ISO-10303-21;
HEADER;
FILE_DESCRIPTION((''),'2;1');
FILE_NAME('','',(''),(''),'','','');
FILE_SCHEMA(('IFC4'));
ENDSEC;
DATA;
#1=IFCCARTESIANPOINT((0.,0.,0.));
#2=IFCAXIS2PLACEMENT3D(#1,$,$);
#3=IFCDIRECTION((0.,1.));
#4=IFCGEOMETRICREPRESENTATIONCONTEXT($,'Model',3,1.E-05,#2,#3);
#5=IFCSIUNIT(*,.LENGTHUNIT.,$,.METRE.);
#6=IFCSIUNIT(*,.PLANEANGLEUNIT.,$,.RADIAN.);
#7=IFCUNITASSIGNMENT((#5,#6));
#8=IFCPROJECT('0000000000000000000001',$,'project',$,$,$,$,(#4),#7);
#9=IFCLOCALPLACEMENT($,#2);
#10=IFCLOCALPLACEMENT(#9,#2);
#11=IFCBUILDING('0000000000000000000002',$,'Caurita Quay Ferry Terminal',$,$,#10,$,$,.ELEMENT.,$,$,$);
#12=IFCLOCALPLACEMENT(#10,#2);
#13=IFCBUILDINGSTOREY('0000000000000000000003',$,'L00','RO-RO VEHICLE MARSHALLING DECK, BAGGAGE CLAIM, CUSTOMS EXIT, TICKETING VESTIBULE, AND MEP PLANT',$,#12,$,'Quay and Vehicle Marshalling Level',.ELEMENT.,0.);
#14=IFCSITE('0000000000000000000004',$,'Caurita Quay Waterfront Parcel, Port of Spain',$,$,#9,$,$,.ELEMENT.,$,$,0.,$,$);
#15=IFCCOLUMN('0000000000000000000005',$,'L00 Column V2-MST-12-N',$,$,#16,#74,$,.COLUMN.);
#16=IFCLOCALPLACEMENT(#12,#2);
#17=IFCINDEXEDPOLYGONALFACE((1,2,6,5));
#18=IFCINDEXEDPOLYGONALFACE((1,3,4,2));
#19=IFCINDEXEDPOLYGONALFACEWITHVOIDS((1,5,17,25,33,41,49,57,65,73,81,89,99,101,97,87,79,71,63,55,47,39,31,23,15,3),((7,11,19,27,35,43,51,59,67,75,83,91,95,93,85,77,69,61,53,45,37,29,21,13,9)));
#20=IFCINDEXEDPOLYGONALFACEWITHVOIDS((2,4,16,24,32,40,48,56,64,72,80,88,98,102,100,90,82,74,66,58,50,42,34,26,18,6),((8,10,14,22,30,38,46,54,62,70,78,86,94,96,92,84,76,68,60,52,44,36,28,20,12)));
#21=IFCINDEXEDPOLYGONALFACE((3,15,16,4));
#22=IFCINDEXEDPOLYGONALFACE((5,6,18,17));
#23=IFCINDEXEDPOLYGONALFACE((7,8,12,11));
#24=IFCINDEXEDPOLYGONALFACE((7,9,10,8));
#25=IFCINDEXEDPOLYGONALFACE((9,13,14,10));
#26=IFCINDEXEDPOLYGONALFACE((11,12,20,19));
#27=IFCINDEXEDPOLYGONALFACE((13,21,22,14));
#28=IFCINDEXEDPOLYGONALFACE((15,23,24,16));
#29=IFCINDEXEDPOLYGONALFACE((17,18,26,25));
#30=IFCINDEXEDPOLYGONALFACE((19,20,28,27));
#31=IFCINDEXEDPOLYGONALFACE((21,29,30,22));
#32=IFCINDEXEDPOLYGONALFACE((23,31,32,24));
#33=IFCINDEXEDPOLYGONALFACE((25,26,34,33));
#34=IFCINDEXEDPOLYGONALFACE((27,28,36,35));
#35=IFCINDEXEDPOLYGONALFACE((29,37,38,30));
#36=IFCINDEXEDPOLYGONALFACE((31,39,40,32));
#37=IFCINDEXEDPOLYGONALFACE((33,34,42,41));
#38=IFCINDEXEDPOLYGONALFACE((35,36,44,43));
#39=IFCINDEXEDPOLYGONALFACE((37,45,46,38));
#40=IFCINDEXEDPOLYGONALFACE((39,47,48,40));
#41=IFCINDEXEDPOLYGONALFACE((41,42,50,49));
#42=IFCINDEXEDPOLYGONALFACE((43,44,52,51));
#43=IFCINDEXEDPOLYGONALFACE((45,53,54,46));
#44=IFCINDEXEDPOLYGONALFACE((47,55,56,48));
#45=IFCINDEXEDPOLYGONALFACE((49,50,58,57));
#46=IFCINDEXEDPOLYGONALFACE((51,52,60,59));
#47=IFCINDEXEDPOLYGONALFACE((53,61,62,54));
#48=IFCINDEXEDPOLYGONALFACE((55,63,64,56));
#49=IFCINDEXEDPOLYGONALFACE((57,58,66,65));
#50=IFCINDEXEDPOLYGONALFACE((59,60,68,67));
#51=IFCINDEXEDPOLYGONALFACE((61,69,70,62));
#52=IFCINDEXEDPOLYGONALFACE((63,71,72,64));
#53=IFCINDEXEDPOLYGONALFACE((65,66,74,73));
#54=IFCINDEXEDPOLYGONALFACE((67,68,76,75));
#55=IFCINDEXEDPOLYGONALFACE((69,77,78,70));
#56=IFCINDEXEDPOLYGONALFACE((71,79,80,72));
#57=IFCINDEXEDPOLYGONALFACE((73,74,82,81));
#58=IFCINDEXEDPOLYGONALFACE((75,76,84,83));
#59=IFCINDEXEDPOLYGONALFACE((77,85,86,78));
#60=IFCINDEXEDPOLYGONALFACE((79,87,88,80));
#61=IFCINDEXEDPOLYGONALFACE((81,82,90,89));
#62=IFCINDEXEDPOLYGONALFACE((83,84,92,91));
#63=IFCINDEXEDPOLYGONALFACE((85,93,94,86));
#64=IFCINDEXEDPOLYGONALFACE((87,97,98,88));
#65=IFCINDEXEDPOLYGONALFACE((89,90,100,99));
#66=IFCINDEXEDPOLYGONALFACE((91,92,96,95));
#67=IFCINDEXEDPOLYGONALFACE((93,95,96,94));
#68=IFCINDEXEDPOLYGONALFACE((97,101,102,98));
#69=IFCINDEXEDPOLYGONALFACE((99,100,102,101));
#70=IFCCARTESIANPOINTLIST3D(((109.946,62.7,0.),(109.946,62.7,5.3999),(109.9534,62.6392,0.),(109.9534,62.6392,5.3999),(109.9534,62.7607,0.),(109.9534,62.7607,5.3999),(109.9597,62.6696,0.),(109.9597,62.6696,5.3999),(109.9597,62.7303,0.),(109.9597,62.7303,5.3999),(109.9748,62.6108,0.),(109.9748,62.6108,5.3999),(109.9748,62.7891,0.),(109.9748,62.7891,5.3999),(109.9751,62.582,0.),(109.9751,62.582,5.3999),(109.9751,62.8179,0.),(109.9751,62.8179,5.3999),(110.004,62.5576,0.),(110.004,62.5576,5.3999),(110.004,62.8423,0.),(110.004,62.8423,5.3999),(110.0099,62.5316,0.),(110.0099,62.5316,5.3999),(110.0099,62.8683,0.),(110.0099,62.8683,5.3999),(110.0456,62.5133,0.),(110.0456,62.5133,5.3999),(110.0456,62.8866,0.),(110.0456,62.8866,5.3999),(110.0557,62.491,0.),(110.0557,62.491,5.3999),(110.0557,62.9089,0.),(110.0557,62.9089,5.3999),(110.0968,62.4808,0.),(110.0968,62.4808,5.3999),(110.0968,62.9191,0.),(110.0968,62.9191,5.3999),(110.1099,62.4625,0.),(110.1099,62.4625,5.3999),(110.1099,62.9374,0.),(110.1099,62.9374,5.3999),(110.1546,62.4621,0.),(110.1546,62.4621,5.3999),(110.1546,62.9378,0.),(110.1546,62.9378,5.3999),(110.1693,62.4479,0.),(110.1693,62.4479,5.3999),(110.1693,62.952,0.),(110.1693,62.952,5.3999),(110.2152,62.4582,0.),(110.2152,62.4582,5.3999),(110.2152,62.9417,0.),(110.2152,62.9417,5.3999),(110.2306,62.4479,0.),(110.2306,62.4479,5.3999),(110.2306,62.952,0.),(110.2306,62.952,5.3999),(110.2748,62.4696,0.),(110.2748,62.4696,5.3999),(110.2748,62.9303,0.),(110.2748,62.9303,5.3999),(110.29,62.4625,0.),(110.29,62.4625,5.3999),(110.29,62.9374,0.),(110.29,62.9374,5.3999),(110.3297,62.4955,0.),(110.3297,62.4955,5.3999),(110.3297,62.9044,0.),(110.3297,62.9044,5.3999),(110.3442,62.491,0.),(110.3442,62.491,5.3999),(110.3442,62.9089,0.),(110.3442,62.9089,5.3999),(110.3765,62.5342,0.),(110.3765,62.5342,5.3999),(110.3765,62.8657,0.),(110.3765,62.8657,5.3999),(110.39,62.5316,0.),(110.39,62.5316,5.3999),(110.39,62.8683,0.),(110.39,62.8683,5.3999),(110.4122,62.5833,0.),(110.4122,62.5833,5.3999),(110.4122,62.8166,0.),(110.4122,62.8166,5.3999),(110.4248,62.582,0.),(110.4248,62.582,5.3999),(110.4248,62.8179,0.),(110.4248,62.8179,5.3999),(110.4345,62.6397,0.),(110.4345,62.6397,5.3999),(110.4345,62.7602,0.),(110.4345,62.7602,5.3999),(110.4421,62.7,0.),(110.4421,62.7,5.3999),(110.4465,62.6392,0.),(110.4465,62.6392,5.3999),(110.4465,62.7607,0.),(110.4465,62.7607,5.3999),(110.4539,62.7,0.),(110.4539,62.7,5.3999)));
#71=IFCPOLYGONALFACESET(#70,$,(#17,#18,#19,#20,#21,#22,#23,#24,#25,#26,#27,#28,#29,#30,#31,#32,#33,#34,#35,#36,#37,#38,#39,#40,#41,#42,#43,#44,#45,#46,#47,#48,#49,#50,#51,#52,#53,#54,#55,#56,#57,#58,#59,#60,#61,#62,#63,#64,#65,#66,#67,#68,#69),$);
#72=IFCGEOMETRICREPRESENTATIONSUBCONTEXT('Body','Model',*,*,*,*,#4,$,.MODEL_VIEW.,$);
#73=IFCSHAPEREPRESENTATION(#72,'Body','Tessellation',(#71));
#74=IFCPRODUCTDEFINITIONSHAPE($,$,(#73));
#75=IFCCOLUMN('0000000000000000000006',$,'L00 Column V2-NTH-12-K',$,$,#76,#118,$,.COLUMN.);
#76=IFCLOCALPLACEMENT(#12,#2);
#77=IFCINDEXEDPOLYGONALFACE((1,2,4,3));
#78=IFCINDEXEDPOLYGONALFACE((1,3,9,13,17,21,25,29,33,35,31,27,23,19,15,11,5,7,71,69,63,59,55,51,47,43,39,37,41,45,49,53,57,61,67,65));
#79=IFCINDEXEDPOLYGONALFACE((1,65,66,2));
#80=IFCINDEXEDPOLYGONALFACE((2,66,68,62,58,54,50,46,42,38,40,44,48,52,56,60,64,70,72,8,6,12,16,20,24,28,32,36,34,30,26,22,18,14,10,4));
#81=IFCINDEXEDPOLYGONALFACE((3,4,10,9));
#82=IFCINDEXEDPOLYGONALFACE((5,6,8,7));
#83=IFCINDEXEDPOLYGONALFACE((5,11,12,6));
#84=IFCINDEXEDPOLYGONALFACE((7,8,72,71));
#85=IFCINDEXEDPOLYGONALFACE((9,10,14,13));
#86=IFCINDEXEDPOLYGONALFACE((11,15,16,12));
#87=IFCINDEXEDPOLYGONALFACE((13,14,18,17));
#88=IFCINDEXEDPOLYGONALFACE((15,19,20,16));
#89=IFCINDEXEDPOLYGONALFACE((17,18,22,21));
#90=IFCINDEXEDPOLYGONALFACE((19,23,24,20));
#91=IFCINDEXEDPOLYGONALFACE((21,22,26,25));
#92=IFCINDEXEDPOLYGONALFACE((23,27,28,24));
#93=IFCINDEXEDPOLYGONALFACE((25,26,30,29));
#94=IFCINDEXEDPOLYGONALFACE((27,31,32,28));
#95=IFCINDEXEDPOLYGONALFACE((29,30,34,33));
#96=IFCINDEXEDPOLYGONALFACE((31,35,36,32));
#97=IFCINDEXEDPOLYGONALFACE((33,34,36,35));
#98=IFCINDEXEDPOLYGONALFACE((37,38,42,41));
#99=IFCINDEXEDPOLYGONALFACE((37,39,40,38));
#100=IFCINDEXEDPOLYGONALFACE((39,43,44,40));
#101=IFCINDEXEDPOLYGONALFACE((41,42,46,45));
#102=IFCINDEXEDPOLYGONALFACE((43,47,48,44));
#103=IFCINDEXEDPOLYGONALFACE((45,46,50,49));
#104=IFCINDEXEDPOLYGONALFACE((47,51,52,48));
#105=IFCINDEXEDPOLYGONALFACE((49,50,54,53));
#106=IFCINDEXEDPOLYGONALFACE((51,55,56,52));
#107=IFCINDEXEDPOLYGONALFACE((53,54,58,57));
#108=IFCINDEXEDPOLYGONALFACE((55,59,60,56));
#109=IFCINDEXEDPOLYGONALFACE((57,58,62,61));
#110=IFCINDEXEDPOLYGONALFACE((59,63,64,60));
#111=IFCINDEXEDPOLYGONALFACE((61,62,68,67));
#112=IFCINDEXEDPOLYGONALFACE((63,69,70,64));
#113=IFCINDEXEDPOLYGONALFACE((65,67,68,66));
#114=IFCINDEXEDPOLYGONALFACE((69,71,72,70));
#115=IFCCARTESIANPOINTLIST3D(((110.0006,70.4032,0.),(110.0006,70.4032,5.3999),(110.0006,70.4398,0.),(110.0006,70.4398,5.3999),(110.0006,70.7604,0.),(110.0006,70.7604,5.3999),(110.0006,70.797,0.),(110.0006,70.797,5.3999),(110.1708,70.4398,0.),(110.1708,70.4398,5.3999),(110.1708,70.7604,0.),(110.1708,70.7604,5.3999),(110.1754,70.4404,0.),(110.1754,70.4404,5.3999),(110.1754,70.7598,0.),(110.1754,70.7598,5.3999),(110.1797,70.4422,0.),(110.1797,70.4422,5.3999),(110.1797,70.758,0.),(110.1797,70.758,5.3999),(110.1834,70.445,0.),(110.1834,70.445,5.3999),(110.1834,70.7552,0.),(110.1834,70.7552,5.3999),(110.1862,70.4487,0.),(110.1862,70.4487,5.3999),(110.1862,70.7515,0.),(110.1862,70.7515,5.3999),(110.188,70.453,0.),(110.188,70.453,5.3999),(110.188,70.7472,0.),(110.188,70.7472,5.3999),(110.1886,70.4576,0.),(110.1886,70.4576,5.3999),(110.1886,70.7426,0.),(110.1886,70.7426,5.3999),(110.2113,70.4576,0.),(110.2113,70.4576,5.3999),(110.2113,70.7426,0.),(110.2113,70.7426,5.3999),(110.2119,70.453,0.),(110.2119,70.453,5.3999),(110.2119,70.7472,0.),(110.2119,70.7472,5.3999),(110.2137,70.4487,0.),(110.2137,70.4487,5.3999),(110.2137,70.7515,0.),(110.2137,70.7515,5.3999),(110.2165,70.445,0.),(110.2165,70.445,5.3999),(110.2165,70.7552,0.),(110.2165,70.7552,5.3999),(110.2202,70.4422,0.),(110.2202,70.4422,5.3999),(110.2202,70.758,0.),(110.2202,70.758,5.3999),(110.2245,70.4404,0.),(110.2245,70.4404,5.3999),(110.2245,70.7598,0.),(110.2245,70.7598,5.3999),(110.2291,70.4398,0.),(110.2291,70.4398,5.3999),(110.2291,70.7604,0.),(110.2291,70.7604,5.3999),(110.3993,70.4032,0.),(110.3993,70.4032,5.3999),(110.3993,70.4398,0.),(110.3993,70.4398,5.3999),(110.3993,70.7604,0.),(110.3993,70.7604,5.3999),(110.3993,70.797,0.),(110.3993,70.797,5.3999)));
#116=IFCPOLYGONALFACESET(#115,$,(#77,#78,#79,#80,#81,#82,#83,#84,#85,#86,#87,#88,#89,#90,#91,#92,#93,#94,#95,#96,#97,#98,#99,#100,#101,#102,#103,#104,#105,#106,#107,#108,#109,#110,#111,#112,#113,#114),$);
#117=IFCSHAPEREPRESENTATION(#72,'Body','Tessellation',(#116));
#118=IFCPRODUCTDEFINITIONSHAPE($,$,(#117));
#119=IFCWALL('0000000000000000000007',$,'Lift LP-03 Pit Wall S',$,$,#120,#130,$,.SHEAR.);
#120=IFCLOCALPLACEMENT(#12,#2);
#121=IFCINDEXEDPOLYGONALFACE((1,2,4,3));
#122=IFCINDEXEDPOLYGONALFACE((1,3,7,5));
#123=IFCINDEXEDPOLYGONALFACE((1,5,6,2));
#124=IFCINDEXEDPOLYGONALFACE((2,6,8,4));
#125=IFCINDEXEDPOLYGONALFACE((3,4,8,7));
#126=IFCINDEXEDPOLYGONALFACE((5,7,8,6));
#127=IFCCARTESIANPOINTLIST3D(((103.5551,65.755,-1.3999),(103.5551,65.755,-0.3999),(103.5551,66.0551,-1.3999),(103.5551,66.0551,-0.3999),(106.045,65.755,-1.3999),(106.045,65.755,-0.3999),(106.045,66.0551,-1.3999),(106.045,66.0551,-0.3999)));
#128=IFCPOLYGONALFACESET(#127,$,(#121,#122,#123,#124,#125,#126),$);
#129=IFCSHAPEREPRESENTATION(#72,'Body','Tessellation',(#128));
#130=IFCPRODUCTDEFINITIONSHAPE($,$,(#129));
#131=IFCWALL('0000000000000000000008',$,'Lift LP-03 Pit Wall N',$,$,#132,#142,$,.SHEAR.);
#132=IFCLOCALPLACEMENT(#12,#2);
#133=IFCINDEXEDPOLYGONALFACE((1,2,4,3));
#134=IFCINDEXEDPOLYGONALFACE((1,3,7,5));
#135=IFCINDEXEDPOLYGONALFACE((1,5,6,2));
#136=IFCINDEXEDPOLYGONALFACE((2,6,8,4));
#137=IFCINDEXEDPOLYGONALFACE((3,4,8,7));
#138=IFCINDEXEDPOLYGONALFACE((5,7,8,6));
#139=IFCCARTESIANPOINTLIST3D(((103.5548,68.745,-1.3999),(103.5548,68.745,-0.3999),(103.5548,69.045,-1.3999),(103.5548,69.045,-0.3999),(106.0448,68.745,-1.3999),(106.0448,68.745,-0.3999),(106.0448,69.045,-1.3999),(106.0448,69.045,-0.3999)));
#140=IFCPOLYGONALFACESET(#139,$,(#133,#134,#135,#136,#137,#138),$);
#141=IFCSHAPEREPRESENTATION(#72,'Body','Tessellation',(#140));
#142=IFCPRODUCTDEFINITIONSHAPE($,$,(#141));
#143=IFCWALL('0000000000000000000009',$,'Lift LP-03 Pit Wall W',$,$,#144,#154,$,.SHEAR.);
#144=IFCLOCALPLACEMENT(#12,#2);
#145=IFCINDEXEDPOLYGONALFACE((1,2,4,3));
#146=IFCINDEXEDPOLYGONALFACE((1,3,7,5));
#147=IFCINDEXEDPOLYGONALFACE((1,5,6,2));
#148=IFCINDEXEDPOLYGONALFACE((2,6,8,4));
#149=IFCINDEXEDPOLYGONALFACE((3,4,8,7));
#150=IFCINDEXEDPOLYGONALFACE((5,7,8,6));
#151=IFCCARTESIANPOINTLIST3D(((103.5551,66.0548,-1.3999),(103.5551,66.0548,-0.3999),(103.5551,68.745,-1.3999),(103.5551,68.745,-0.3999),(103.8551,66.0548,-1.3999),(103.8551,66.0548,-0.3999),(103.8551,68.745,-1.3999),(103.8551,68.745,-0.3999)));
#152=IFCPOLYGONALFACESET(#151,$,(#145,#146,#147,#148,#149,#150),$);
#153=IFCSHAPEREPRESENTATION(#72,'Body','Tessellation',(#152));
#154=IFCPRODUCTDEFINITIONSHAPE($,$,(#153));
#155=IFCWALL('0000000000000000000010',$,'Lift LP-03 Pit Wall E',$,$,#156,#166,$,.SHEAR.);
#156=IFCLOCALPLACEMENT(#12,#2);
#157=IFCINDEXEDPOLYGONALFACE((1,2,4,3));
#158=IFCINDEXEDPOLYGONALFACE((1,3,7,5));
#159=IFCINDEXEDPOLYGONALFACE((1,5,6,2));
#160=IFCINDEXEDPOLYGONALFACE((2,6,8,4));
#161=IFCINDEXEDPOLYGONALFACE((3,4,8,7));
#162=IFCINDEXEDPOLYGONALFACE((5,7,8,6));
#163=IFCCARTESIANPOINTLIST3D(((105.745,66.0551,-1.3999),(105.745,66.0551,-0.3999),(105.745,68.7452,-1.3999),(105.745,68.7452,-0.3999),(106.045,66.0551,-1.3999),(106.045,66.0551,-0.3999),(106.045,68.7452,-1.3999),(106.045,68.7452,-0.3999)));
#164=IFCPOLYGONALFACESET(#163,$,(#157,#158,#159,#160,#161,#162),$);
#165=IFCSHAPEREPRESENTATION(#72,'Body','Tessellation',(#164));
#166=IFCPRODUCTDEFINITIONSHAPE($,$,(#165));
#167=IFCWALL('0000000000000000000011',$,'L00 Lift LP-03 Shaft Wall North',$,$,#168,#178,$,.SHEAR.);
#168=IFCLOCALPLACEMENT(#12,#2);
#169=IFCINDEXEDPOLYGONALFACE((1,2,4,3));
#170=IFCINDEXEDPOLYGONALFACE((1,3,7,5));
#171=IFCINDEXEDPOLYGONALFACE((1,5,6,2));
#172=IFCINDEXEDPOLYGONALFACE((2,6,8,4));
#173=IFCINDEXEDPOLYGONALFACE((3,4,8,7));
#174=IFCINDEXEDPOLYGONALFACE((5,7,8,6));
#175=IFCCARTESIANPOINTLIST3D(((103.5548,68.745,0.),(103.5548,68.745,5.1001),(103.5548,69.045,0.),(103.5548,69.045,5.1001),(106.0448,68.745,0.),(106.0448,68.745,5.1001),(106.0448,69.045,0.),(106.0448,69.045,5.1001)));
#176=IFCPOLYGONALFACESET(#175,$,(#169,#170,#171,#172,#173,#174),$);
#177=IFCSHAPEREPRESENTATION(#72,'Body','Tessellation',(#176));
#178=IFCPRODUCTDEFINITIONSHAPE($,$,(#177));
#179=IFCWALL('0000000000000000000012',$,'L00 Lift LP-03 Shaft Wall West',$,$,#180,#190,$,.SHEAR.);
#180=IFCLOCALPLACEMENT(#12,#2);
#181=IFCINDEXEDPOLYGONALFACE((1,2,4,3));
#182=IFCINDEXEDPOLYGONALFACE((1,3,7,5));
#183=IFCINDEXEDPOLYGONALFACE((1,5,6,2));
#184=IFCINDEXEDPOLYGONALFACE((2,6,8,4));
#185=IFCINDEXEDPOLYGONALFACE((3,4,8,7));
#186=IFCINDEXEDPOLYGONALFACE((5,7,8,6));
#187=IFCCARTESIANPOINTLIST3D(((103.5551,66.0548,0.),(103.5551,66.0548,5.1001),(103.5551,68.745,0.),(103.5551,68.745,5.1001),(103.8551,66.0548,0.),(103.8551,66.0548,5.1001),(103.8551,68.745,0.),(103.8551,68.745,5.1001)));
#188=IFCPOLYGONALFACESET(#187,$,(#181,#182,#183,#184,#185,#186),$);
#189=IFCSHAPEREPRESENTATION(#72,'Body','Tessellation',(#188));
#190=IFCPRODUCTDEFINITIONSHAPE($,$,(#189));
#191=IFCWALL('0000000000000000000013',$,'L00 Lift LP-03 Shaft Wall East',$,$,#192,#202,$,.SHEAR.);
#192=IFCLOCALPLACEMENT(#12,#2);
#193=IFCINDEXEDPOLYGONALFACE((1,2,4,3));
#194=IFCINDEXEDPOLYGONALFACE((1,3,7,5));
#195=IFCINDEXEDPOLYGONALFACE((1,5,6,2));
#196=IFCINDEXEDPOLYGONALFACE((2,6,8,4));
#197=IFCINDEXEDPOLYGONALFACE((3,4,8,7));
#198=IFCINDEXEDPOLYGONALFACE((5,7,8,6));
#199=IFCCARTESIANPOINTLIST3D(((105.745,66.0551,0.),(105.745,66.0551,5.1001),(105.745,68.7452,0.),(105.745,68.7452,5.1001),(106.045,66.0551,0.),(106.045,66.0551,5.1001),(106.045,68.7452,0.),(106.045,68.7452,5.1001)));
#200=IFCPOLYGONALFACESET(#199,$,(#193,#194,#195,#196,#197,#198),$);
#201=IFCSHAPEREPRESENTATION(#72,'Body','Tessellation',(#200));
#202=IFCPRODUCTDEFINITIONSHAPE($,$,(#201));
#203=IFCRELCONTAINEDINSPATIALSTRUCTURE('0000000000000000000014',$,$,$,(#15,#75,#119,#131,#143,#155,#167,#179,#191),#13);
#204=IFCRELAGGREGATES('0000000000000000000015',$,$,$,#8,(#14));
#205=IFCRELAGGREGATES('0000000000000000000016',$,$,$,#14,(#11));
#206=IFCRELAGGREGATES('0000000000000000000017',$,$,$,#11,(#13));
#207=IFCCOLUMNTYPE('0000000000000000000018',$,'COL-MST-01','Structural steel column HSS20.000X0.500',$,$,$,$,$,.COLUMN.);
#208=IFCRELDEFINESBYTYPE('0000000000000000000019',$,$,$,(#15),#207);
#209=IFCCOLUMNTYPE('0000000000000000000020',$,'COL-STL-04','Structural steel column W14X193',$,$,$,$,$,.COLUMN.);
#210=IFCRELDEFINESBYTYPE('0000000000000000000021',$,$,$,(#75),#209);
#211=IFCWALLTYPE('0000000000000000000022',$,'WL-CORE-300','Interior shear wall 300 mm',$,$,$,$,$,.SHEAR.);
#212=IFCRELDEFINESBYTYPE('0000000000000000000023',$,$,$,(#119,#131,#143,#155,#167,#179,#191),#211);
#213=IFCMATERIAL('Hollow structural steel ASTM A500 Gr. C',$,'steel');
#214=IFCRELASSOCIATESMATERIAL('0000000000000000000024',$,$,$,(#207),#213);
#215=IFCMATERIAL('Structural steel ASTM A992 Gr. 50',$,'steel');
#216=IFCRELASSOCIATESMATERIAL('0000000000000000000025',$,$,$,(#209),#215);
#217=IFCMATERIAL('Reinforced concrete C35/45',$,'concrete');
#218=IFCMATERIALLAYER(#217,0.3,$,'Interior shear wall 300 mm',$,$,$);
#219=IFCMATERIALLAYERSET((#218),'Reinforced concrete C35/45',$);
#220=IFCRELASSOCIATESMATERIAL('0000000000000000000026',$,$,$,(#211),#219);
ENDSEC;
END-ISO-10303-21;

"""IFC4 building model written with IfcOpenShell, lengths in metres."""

from ifc_helpers import new_model, si_unit, direction, frame, frame_2d, origin, origin_2d, place, context, subcontext, project, spatial, rectangle, hollow_circle, i_section, extrude, material, layer, layer_set, material_profile, profile_set, type_object, element, save


model = new_model("IFC4")

# Units and contexts
model_context = context("Model", 3, precision=1e-05, world=origin(), true_north=direction((0.0, 1.0)))
body_context = subcontext(model_context, "Body", "Model", "MODEL_VIEW")
ifc_project = project(units=[si_unit("LENGTHUNIT", "METRE"), si_unit("PLANEANGLEUNIT", "RADIAN")], contexts=[model_context])

# Site, building, storey
site_placement = place(None, origin())
site = spatial("IfcSite", under=ifc_project, at=site_placement, Name="Caurita Quay Waterfront Parcel, Port of Spain", CompositionType="ELEMENT", RefElevation=0.0)
building_placement = place(site_placement, origin())
building = spatial("IfcBuilding", under=site, at=building_placement, Name="Caurita Quay Ferry Terminal", CompositionType="ELEMENT")
storey_placement = place(building_placement, origin())
storey = spatial("IfcBuildingStorey", under=building, at=storey_placement, Name="L00", Description="RO-RO VEHICLE MARSHALLING DECK, BAGGAGE CLAIM, CUSTOMS EXIT, TICKETING VESTIBULE, AND MEP PLANT", LongName="Quay and Vehicle Marshalling Level", CompositionType="ELEMENT", Elevation=0.0)

# Columns
ifc_material_1 = material(Name="Hollow structural steel ASTM A500 Gr. C", Category="steel")
ifc_material_profile_1 = material_profile(ifc_material_1, hollow_circle(Radius=0.2539, WallThickness=0.0117, at=origin_2d()), Name="HSS20.000X0.500")
ifc_profile_set_1 = profile_set([ifc_material_profile_1], Name="Hollow structural steel ASTM A500 Gr. C")
column_type_1 = type_object("IfcColumnType", Name="COL-MST-01", Description="Structural steel column HSS20.000X0.500", PredefinedType="COLUMN", material=ifc_profile_set_1)
column_1_placement = place(storey_placement, frame((110.2, 62.7, 0.0), z_axis=(0.0, 0.0, 1.0), x_axis=(1.0, 0.0, 0.0)))
element("IfcColumn", 1, at=column_1_placement, inside=storey, type_object=column_type_1, Name="L00 Column V2-MST-12-N", PredefinedType="COLUMN", context=body_context, shape_type="SweptSolid", body=[
    extrude(hollow_circle(Radius=0.2539, WallThickness=0.0117, at=origin_2d()), origin(), (0.0, 0.0, 1.0), 5.3999),
])
ifc_material_2 = material(Name="Structural steel ASTM A992 Gr. 50", Category="steel")
ifc_material_profile_2 = material_profile(ifc_material_2, i_section(OverallWidth=0.3987, OverallDepth=0.3938, WebThickness=0.0227, FlangeThickness=0.0366, FilletRadius=0.0178, at=origin_2d()), Name="W14X193")
ifc_profile_set_2 = profile_set([ifc_material_profile_2], Name="Structural steel ASTM A992 Gr. 50")
column_type_2 = type_object("IfcColumnType", Name="COL-STL-04", Description="Structural steel column W14X193", PredefinedType="COLUMN", material=ifc_profile_set_2)
column_2_placement = place(storey_placement, frame((110.2, 70.6001, 0.0), z_axis=(0.0, 0.0, 1.0), x_axis=(1.0, 0.0, 0.0)))
element("IfcColumn", 2, at=column_2_placement, inside=storey, type_object=column_type_2, Name="L00 Column V2-NTH-12-K", PredefinedType="COLUMN", context=body_context, shape_type="SweptSolid", body=[
    extrude(i_section(OverallWidth=0.3987, OverallDepth=0.3938, WebThickness=0.0227, FlangeThickness=0.0366, FilletRadius=0.0178, at=origin_2d()), origin(), (0.0, 0.0, 1.0), 5.3999),
])

# Walls
ifc_material_3 = material(Name="Reinforced concrete C35/45", Category="concrete")
ifc_layer_1 = layer(ifc_material_3, 0.3, Name="Interior shear wall 300 mm")
ifc_layer_set_1 = layer_set([ifc_layer_1], Name="Reinforced concrete C35/45")
wall_type_1 = type_object("IfcWallType", Name="WL-CORE-300", Description="Interior shear wall 300 mm", PredefinedType="SHEAR", material=ifc_layer_set_1)
for number, where, z_axis, x_axis, name in (
    (3, (103.5549, 65.905, -1.3999), (0.0, 0.0, 1.0), (1.0, 0.0, 0.0), "Lift LP-03 Pit Wall S"),
    (4, (106.0449, 68.895, -1.3999), (0.0, 0.0, 1.0), (-1.0, 0.0, 0.0), "Lift LP-03 Pit Wall N"),
):
    element("IfcWall", number, at=place(storey_placement, frame(where, z_axis=z_axis, x_axis=x_axis)), inside=storey, type_object=wall_type_1, Name=name, PredefinedType="SHEAR", context=body_context, shape_type="SweptSolid", body=[
        extrude(rectangle(XDim=2.49, YDim=0.3, at=frame_2d((1.2451, 0.0))), origin(), (0.0, 0.0, 1.0), 1.0),
    ])
for number, where, z_axis, x_axis, name in (
    (5, (103.7051, 68.7451, -1.3999), (0.0, 0.0, 1.0), (0.0, -1.0, 0.0), "Lift LP-03 Pit Wall W"),
    (6, (105.895, 66.0549, -1.3999), (0.0, 0.0, 1.0), (0.0, 1.0, 0.0), "Lift LP-03 Pit Wall E"),
):
    element("IfcWall", number, at=place(storey_placement, frame(where, z_axis=z_axis, x_axis=x_axis)), inside=storey, type_object=wall_type_1, Name=name, PredefinedType="SHEAR", context=body_context, shape_type="SweptSolid", body=[
        extrude(rectangle(XDim=2.6902, YDim=0.3, at=frame_2d((1.3452, 0.0))), origin(), (0.0, 0.0, 1.0), 1.0),
    ])

# Walls
wall_1_placement = place(storey_placement, frame((106.0449, 68.895, 0.0), z_axis=(0.0, 0.0, 1.0), x_axis=(-1.0, 0.0, 0.0)))
element("IfcWall", 7, at=wall_1_placement, inside=storey, type_object=wall_type_1, Name="L00 Lift LP-03 Shaft Wall North", PredefinedType="SHEAR", context=body_context, shape_type="SweptSolid", body=[
    extrude(rectangle(XDim=2.49, YDim=0.3, at=frame_2d((1.2451, 0.0))), origin(), (0.0, 0.0, 1.0), 5.1001),
])
for number, where, z_axis, x_axis, name in (
    (8, (103.7051, 68.7451, 0.0), (0.0, 0.0, 1.0), (0.0, -1.0, 0.0), "L00 Lift LP-03 Shaft Wall West"),
    (9, (105.895, 66.0549, 0.0), (0.0, 0.0, 1.0), (0.0, 1.0, 0.0), "L00 Lift LP-03 Shaft Wall East"),
):
    element("IfcWall", number, at=place(storey_placement, frame(where, z_axis=z_axis, x_axis=x_axis)), inside=storey, type_object=wall_type_1, Name=name, PredefinedType="SHEAR", context=body_context, shape_type="SweptSolid", body=[
        extrude(rectangle(XDim=2.6902, YDim=0.3, at=frame_2d((1.3452, 0.0))), origin(), (0.0, 0.0, 1.0), 5.1001),
    ])

save(model, "model.ifc")
